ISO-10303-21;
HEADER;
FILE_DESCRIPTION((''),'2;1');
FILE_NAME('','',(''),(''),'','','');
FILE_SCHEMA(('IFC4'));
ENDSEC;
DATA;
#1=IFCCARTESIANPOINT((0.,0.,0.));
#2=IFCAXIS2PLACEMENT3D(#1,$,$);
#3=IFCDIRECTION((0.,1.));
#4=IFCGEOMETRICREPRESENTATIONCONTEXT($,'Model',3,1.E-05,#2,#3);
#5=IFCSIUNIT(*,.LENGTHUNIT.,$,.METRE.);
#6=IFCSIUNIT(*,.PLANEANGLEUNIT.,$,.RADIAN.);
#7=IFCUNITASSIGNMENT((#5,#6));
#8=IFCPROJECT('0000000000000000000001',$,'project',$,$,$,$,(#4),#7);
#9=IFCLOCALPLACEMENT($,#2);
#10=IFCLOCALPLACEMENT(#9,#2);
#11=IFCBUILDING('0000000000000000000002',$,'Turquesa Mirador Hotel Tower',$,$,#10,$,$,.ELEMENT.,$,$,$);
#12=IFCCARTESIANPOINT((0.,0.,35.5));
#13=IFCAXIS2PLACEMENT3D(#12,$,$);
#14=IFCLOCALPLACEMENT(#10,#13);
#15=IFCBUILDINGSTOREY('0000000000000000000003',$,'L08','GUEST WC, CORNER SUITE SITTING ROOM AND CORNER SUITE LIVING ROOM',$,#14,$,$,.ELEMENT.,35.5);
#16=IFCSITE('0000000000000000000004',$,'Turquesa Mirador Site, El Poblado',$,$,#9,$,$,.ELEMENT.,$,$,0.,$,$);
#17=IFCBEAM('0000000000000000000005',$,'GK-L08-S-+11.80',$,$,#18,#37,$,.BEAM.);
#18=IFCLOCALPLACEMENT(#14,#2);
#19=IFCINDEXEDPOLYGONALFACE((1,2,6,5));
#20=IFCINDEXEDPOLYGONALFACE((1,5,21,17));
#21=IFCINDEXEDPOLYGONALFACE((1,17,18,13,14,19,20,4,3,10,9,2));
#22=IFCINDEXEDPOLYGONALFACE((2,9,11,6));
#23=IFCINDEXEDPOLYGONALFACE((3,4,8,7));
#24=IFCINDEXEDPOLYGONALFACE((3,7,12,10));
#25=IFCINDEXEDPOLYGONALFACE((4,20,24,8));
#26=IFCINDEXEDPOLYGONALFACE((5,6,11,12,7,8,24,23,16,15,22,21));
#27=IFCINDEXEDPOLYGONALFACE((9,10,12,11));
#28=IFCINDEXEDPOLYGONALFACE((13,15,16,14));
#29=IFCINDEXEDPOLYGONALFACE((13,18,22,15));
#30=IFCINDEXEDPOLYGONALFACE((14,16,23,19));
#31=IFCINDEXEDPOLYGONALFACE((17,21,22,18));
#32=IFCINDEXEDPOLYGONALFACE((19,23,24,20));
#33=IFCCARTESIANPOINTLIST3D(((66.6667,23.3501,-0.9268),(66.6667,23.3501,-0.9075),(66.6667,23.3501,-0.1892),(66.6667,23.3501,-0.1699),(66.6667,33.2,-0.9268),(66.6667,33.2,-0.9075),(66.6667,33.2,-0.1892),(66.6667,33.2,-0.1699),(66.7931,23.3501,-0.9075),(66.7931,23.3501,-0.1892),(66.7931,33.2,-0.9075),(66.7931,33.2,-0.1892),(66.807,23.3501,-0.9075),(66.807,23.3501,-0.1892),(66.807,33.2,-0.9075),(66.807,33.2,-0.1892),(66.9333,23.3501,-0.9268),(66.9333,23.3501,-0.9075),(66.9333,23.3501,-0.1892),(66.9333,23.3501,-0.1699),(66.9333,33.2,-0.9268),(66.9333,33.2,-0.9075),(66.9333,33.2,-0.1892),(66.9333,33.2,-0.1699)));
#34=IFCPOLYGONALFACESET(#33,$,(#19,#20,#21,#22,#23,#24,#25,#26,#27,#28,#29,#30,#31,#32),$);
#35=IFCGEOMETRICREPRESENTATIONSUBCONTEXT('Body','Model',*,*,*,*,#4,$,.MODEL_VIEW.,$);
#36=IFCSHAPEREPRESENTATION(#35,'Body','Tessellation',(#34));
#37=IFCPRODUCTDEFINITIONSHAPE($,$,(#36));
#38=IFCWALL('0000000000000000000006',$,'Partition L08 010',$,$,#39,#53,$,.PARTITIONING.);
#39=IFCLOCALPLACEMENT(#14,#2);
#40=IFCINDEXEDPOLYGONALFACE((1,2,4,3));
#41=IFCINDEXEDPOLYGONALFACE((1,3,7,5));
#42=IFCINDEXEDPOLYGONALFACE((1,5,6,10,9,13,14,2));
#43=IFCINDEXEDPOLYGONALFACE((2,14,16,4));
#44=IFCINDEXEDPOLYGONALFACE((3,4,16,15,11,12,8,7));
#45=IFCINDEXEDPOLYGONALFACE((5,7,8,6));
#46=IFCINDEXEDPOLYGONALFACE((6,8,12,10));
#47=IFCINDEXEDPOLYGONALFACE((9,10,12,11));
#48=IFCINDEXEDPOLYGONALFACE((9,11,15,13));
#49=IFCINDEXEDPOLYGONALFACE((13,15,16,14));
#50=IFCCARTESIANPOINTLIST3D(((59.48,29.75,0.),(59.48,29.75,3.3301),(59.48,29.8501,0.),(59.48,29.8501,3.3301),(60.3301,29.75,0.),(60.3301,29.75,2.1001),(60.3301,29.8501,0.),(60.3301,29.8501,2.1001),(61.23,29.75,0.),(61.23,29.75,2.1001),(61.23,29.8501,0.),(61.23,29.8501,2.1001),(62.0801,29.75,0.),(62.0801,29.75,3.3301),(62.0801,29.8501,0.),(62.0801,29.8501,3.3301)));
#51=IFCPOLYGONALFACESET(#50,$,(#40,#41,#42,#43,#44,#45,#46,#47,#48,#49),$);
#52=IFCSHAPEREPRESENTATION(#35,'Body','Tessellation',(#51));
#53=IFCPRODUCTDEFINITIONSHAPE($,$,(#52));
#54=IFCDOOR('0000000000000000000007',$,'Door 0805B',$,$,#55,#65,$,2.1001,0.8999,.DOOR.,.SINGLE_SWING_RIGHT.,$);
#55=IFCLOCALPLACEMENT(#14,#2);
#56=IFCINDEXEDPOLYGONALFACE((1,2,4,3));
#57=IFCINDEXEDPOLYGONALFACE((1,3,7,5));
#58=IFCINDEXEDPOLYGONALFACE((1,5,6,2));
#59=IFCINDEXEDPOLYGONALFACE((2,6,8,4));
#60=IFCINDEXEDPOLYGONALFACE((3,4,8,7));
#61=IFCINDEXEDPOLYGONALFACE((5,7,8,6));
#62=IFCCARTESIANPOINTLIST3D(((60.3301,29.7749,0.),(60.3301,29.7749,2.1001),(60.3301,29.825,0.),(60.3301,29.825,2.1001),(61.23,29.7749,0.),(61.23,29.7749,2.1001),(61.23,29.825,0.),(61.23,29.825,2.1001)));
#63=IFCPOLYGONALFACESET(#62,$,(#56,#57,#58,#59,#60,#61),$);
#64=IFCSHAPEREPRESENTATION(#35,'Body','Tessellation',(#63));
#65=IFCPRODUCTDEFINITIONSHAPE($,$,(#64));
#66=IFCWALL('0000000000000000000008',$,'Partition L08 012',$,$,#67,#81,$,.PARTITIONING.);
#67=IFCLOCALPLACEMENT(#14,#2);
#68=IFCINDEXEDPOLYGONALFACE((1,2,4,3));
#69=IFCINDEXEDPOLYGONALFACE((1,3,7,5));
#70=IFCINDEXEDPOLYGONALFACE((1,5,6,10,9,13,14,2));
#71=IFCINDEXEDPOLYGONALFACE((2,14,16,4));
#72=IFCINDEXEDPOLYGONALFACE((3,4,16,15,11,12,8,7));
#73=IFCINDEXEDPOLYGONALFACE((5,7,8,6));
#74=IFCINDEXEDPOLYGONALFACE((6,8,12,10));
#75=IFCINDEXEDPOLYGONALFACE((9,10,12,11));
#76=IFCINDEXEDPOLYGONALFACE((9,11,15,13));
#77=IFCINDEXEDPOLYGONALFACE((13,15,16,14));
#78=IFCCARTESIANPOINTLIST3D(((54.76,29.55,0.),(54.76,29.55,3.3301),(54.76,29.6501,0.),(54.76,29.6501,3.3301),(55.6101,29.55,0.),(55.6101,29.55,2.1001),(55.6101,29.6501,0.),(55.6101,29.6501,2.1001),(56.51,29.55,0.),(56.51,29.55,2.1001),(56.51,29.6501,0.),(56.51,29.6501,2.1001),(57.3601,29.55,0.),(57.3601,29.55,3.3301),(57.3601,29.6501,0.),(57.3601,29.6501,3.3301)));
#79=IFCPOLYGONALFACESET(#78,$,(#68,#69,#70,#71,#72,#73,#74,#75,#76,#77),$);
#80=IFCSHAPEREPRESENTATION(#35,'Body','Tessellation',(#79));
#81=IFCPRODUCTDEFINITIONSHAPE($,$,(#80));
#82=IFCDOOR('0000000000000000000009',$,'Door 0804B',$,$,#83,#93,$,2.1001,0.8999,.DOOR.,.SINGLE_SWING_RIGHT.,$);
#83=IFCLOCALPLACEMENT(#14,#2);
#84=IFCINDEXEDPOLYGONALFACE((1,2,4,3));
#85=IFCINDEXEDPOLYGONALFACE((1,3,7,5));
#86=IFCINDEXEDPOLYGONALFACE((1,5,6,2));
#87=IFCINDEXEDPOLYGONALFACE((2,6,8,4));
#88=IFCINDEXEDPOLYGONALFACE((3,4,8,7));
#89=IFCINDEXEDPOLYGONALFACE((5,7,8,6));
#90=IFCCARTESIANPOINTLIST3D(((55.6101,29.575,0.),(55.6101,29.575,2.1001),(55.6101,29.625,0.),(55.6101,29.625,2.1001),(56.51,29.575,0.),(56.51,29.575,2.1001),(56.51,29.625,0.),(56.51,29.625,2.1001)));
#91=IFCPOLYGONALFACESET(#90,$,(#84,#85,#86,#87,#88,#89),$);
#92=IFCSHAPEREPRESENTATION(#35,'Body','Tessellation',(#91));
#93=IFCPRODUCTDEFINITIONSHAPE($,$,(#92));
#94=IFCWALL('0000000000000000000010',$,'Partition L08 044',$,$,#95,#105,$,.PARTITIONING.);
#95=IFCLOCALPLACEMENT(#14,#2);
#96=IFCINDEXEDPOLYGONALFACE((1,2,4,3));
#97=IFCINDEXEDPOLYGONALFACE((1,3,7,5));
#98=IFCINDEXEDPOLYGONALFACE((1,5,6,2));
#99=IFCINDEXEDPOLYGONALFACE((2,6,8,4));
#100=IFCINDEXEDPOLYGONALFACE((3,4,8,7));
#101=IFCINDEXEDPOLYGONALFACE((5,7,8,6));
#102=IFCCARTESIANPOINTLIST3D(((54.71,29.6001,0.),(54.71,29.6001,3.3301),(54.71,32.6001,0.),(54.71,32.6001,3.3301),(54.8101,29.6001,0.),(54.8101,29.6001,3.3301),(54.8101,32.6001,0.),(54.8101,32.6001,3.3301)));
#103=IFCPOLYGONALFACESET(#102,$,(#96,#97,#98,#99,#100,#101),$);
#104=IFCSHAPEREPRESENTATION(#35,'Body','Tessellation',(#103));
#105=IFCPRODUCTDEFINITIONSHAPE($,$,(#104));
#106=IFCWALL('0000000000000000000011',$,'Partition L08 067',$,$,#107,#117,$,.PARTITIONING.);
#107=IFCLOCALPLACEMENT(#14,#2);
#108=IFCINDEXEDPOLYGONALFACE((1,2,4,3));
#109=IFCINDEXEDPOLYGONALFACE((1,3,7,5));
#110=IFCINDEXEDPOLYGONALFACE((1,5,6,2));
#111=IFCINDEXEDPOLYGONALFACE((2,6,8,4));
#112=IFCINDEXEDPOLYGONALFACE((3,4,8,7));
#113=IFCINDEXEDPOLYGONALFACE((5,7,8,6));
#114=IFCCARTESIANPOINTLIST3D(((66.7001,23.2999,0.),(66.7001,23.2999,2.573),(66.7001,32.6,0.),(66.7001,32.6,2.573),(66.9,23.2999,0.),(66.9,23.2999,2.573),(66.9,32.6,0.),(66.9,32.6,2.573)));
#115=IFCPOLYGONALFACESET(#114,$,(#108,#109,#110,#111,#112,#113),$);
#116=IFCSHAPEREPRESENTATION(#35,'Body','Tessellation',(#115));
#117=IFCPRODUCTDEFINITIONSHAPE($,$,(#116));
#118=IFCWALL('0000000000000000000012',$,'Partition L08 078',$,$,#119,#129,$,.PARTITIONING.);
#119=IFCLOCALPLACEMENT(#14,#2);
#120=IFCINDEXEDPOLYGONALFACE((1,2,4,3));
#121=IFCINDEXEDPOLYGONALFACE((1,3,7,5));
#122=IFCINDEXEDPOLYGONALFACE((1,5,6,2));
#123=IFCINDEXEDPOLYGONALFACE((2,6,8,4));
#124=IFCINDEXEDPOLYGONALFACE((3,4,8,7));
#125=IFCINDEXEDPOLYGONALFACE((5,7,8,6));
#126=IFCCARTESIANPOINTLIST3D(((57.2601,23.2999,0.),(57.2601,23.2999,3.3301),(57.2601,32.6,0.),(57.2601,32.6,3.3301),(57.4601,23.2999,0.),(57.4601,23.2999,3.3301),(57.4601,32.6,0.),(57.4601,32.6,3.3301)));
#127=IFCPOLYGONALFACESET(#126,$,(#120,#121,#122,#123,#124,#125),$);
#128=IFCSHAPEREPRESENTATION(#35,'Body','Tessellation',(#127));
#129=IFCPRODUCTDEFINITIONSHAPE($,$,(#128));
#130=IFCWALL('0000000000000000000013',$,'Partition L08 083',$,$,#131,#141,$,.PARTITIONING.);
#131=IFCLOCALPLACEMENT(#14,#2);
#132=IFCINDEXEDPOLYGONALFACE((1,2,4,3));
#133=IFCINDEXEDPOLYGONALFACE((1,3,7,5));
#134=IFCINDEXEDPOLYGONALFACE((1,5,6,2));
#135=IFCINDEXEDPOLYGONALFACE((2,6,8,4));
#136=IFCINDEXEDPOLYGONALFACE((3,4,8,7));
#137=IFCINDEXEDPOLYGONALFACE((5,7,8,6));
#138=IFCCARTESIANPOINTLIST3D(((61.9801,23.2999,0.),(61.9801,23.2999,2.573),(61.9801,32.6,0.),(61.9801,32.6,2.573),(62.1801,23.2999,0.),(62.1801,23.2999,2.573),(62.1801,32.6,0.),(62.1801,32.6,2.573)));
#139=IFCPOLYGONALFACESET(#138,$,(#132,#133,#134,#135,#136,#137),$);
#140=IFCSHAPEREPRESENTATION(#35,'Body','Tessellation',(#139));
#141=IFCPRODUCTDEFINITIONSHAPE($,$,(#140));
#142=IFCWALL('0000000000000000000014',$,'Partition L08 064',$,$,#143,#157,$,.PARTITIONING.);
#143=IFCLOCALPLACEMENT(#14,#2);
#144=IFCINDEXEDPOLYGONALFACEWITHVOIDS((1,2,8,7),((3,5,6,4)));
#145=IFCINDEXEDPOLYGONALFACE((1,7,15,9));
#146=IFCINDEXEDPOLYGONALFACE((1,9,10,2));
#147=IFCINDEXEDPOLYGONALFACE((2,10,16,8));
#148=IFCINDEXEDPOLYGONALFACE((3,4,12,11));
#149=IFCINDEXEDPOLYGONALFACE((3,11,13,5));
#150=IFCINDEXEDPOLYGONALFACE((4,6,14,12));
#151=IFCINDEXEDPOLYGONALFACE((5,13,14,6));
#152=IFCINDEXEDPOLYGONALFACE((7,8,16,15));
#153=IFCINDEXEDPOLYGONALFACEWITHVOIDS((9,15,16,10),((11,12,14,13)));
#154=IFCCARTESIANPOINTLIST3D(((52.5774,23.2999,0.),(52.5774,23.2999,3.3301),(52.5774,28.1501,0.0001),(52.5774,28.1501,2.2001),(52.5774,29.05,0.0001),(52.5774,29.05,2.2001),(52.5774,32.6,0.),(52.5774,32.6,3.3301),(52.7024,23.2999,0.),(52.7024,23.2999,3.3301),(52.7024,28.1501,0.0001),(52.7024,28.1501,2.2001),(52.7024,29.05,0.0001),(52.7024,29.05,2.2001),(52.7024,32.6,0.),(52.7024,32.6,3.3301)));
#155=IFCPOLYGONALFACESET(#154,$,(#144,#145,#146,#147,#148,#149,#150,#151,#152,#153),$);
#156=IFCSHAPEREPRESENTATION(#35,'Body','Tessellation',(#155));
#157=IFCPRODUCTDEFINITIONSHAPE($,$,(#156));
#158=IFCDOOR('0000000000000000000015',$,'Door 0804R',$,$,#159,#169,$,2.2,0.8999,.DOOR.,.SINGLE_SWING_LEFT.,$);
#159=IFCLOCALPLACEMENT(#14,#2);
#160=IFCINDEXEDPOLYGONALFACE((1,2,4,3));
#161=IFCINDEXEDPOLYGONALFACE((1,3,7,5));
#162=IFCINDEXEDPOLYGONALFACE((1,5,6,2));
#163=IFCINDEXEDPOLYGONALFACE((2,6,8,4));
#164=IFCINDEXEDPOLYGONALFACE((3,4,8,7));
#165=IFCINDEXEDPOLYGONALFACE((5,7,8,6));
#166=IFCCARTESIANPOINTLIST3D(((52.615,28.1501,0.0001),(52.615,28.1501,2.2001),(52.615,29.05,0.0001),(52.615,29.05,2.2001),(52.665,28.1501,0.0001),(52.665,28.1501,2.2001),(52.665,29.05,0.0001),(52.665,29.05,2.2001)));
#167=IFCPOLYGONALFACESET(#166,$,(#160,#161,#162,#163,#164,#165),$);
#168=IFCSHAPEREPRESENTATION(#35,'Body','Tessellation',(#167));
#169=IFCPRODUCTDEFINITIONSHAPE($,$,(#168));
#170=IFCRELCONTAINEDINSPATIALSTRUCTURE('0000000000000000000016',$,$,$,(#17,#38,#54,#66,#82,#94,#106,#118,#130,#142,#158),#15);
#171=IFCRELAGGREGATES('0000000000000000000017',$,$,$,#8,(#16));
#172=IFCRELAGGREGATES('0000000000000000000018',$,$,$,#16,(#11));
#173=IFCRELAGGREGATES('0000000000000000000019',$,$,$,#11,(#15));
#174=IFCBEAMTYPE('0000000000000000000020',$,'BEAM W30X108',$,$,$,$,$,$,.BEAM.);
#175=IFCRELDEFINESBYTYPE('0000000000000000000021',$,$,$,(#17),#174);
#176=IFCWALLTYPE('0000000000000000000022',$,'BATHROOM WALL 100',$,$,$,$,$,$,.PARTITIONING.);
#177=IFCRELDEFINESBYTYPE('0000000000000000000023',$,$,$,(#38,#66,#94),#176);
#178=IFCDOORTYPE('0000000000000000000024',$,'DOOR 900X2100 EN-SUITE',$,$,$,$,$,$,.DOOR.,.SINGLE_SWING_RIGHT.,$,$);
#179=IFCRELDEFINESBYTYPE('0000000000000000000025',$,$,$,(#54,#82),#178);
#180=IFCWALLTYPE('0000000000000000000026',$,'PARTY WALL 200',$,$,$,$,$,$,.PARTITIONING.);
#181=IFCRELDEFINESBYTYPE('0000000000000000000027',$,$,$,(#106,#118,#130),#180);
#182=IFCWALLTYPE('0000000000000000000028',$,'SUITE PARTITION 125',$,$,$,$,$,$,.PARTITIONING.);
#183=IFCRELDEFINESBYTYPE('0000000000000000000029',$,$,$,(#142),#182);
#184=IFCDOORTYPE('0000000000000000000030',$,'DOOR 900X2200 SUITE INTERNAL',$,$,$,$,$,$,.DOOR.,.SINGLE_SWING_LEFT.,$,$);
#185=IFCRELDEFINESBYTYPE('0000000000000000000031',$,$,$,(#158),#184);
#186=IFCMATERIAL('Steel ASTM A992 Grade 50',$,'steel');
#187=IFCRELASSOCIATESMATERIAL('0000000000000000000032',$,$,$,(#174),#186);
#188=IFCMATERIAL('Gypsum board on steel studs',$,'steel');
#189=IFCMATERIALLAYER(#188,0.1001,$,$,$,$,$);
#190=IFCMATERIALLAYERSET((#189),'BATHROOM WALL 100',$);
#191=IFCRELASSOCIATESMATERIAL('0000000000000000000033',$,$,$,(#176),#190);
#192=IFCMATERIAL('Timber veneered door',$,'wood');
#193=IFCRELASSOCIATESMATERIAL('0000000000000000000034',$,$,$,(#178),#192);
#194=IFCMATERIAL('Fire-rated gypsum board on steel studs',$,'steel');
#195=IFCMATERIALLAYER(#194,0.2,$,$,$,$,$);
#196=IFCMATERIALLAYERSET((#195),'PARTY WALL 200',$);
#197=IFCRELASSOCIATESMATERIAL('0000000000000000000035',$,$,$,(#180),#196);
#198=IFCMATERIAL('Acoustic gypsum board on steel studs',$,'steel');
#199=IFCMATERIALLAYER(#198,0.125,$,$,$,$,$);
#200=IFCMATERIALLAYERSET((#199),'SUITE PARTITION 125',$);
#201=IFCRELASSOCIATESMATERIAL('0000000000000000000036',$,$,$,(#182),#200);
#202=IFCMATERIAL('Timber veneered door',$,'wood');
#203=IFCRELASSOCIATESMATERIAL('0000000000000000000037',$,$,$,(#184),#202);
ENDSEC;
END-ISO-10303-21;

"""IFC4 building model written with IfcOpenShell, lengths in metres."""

from ifc_helpers import new_model, si_unit, direction, frame, frame_2d, origin, origin_2d, place, context, subcontext, project, spatial, rectangle, i_section, extrude, material, layer, layer_set, material_profile, profile_set, type_object, element, fill, save


model = new_model("IFC4")

# Units and contexts
model_context = context("Model", 3, precision=1e-05, world=origin(), true_north=direction((0.0, 1.0)))
body_context = subcontext(model_context, "Body", "Model", "MODEL_VIEW")
ifc_project = project(units=[si_unit("LENGTHUNIT", "METRE"), si_unit("PLANEANGLEUNIT", "RADIAN")], contexts=[model_context])

# Site, building, storey
site_placement = place(None, origin())
site = spatial("IfcSite", under=ifc_project, at=site_placement, Name="Turquesa Mirador Site, El Poblado", CompositionType="ELEMENT", RefElevation=0.0)
building_placement = place(site_placement, origin())
building = spatial("IfcBuilding", under=site, at=building_placement, Name="Turquesa Mirador Hotel Tower", CompositionType="ELEMENT")
storey_placement = place(building_placement, frame((0.0, 0.0, 35.5)))
storey = spatial("IfcBuildingStorey", under=building, at=storey_placement, Name="L08", Description="GUEST WC, CORNER SUITE SITTING ROOM AND CORNER SUITE LIVING ROOM", CompositionType="ELEMENT", Elevation=35.5)

# Beam
ifc_material_1 = material(Name="Steel ASTM A992 Grade 50", Category="steel")
ifc_material_profile_1 = material_profile(ifc_material_1, i_section(OverallWidth=0.2666, OverallDepth=0.7568, WebThickness=0.0139, FlangeThickness=0.0193, at=origin_2d()), Name="W30X108")
ifc_profile_set_1 = profile_set([ifc_material_profile_1], Name="Steel ASTM A992 Grade 50")
beam_type_1 = type_object("IfcBeamType", Name="BEAM W30X108", PredefinedType="BEAM", material=ifc_profile_set_1)
beam_1_placement = place(storey_placement, frame((66.8, 23.3501, -0.5483), z_axis=(0.0, 1.0, 0.0), x_axis=(-1.0, 0.0, 0.0)))
element("IfcBeam", 1, at=beam_1_placement, inside=storey, type_object=beam_type_1, Name="GK-L08-S-+11.80", PredefinedType="BEAM", context=body_context, shape_type="SweptSolid", body=[
    extrude(i_section(OverallWidth=0.2666, OverallDepth=0.7568, WebThickness=0.0139, FlangeThickness=0.0193, at=origin_2d()), origin(), (0.0, 0.0, 1.0), 9.8499),
])

# Walls, openings, doors
ifc_material_2 = material(Name="Gypsum board on steel studs", Category="steel")
ifc_layer_1 = layer(ifc_material_2, 0.1001)
ifc_layer_set_1 = layer_set([ifc_layer_1], Name="BATHROOM WALL 100")
wall_type_1 = type_object("IfcWallType", Name="BATHROOM WALL 100", PredefinedType="PARTITIONING", material=ifc_layer_set_1)
wall_1_placement = place(storey_placement, frame((59.48, 29.8, 0.0), z_axis=(0.0, 0.0, 1.0), x_axis=(1.0, 0.0, 0.0)))
wall_1 = element("IfcWall", 2, at=wall_1_placement, inside=storey, type_object=wall_type_1, Name="Partition L08 010", PredefinedType="PARTITIONING", context=body_context, shape_type="SweptSolid", body=[
    extrude(rectangle(XDim=2.6001, YDim=0.1001, at=frame_2d((1.3, 0.0))), origin(), (0.0, 0.0, 1.0), 3.3301),
])
opening_1_placement = place(wall_1_placement, frame((0.8501, 0.0, 0.0)))
opening_1 = element("IfcOpeningElement", 3, at=opening_1_placement, cuts=wall_1, PredefinedType="OPENING", context=body_context, shape_type="SweptSolid", body=[
    extrude(rectangle(XDim=0.8999, YDim=2.1001, at=frame_2d((0.45, 1.05))), frame((0.0, 0.0601, 0.0), z_axis=(0.0, -1.0, 0.0), x_axis=(1.0, 0.0, 0.0)), (0.0, 0.0, 1.0), 0.1201),
])
ifc_material_3 = material(Name="Timber veneered door", Category="wood")
door_type_1 = type_object("IfcDoorType", Name="DOOR 900X2100 EN-SUITE", OperationType="SINGLE_SWING_RIGHT", PredefinedType="DOOR", material=ifc_material_3)
door_1_placement = place(opening_1_placement, origin())
door_1 = element("IfcDoor", 4, at=door_1_placement, inside=storey, type_object=door_type_1, Name="Door 0805B", OperationType="SINGLE_SWING_RIGHT", OverallHeight=2.1001, OverallWidth=0.8999, PredefinedType="DOOR", context=body_context, shape_type="SweptSolid", body=[
    extrude(rectangle(XDim=0.8999, YDim=2.1001, at=frame_2d((0.45, 1.05))), frame((0.0, 0.0249, 0.0), z_axis=(0.0, -1.0, 0.0), x_axis=(1.0, 0.0, 0.0)), (0.0, 0.0, 1.0), 0.05),
])
fill(opening_1, door_1)
wall_2_placement = place(storey_placement, frame((54.76, 29.6001, 0.0), z_axis=(0.0, 0.0, 1.0), x_axis=(1.0, 0.0, 0.0)))
wall_2 = element("IfcWall", 5, at=wall_2_placement, inside=storey, type_object=wall_type_1, Name="Partition L08 012", PredefinedType="PARTITIONING", context=body_context, shape_type="SweptSolid", body=[
    extrude(rectangle(XDim=2.6001, YDim=0.1001, at=frame_2d((1.3, 0.0))), origin(), (0.0, 0.0, 1.0), 3.3301),
])
opening_2_placement = place(wall_2_placement, frame((0.8501, 0.0, 0.0)))
opening_2 = element("IfcOpeningElement", 6, at=opening_2_placement, cuts=wall_2, PredefinedType="OPENING", context=body_context, shape_type="SweptSolid", body=[
    extrude(rectangle(XDim=0.8999, YDim=2.1001, at=frame_2d((0.45, 1.05))), frame((0.0, 0.0601, 0.0), z_axis=(0.0, -1.0, 0.0), x_axis=(1.0, 0.0, 0.0)), (0.0, 0.0, 1.0), 0.1201),
])
door_2_placement = place(opening_2_placement, origin())
door_2 = element("IfcDoor", 7, at=door_2_placement, inside=storey, type_object=door_type_1, Name="Door 0804B", OperationType="SINGLE_SWING_RIGHT", OverallHeight=2.1001, OverallWidth=0.8999, PredefinedType="DOOR", context=body_context, shape_type="SweptSolid", body=[
    extrude(rectangle(XDim=0.8999, YDim=2.1001, at=frame_2d((0.45, 1.05))), frame((0.0, 0.0249, 0.0), z_axis=(0.0, -1.0, 0.0), x_axis=(1.0, 0.0, 0.0)), (0.0, 0.0, 1.0), 0.05),
])
fill(opening_2, door_2)

# Walls
wall_3_placement = place(storey_placement, frame((54.76, 29.6001, 0.0), z_axis=(0.0, 0.0, 1.0), x_axis=(0.0, 1.0, 0.0)))
element("IfcWall", 8, at=wall_3_placement, inside=storey, type_object=wall_type_1, Name="Partition L08 044", PredefinedType="PARTITIONING", context=body_context, shape_type="SweptSolid", body=[
    extrude(rectangle(XDim=3.0, YDim=0.1001, at=frame_2d((1.5, 0.0))), origin(), (0.0, 0.0, 1.0), 3.3301),
])
ifc_material_4 = material(Name="Fire-rated gypsum board on steel studs", Category="steel")
ifc_layer_2 = layer(ifc_material_4, 0.2)
ifc_layer_set_2 = layer_set([ifc_layer_2], Name="PARTY WALL 200")
wall_type_2 = type_object("IfcWallType", Name="PARTY WALL 200", PredefinedType="PARTITIONING", material=ifc_layer_set_2)
wall_4_placement = place(storey_placement, frame((66.8, 23.3, 0.0), z_axis=(0.0, 0.0, 1.0), x_axis=(0.0, 1.0, 0.0)))
element("IfcWall", 9, at=wall_4_placement, inside=storey, type_object=wall_type_2, Name="Partition L08 067", PredefinedType="PARTITIONING", context=body_context, shape_type="SweptSolid", body=[
    extrude(rectangle(XDim=9.3, YDim=0.2, at=frame_2d((4.6499, 0.0))), origin(), (0.0, 0.0, 1.0), 2.573),
])
wall_5_placement = place(storey_placement, frame((57.3601, 23.3, 0.0), z_axis=(0.0, 0.0, 1.0), x_axis=(0.0, 1.0, 0.0)))
element("IfcWall", 10, at=wall_5_placement, inside=storey, type_object=wall_type_2, Name="Partition L08 078", PredefinedType="PARTITIONING", context=body_context, shape_type="SweptSolid", body=[
    extrude(rectangle(XDim=9.3, YDim=0.2, at=frame_2d((4.6499, 0.0))), origin(), (0.0, 0.0, 1.0), 3.3301),
])
wall_6_placement = place(storey_placement, frame((62.0801, 23.3, 0.0), z_axis=(0.0, 0.0, 1.0), x_axis=(0.0, 1.0, 0.0)))
element("IfcWall", 11, at=wall_6_placement, inside=storey, type_object=wall_type_2, Name="Partition L08 083", PredefinedType="PARTITIONING", context=body_context, shape_type="SweptSolid", body=[
    extrude(rectangle(XDim=9.3, YDim=0.2, at=frame_2d((4.6499, 0.0))), origin(), (0.0, 0.0, 1.0), 2.573),
])

# Wall, opening, door
ifc_material_5 = material(Name="Acoustic gypsum board on steel studs", Category="steel")
ifc_layer_3 = layer(ifc_material_5, 0.125)
ifc_layer_set_3 = layer_set([ifc_layer_3], Name="SUITE PARTITION 125")
wall_type_3 = type_object("IfcWallType", Name="SUITE PARTITION 125", PredefinedType="PARTITIONING", material=ifc_layer_set_3)
wall_7_placement = place(storey_placement, frame((52.6399, 23.3, 0.0), z_axis=(0.0, 0.0, 1.0), x_axis=(0.0, 1.0, 0.0)))
wall_7 = element("IfcWall", 12, at=wall_7_placement, inside=storey, type_object=wall_type_3, Name="Partition L08 064", PredefinedType="PARTITIONING", context=body_context, shape_type="SweptSolid", body=[
    extrude(rectangle(XDim=9.3, YDim=0.125, at=frame_2d((4.6499, 0.0))), origin(), (0.0, 0.0, 1.0), 3.3301),
])
opening_3_placement = place(wall_7_placement, frame((4.8501, 0.0, 0.0)))
opening_3 = element("IfcOpeningElement", 13, at=opening_3_placement, cuts=wall_7, PredefinedType="OPENING", context=body_context, shape_type="SweptSolid", body=[
    extrude(rectangle(XDim=0.8999, YDim=2.2, at=frame_2d((0.45, 1.1001))), frame((0.0, 0.0725, 0.0), z_axis=(0.0, -1.0, 0.0), x_axis=(1.0, 0.0, 0.0)), (0.0, 0.0, 1.0), 0.145),
])
ifc_material_6 = material(Name="Timber veneered door", Category="wood")
door_type_2 = type_object("IfcDoorType", Name="DOOR 900X2200 SUITE INTERNAL", OperationType="SINGLE_SWING_LEFT", PredefinedType="DOOR", material=ifc_material_6)
door_3_placement = place(opening_3_placement, origin())
door_3 = element("IfcDoor", 14, at=door_3_placement, inside=storey, type_object=door_type_2, Name="Door 0804R", OperationType="SINGLE_SWING_LEFT", OverallHeight=2.2, OverallWidth=0.8999, PredefinedType="DOOR", context=body_context, shape_type="SweptSolid", body=[
    extrude(rectangle(XDim=0.8999, YDim=2.2, at=frame_2d((0.45, 1.1001))), frame((0.0, 0.0249, 0.0), z_axis=(0.0, -1.0, 0.0), x_axis=(1.0, 0.0, 0.0)), (0.0, 0.0, 1.0), 0.05),
])
fill(opening_3, door_3)

save(model, "model.ifc")
